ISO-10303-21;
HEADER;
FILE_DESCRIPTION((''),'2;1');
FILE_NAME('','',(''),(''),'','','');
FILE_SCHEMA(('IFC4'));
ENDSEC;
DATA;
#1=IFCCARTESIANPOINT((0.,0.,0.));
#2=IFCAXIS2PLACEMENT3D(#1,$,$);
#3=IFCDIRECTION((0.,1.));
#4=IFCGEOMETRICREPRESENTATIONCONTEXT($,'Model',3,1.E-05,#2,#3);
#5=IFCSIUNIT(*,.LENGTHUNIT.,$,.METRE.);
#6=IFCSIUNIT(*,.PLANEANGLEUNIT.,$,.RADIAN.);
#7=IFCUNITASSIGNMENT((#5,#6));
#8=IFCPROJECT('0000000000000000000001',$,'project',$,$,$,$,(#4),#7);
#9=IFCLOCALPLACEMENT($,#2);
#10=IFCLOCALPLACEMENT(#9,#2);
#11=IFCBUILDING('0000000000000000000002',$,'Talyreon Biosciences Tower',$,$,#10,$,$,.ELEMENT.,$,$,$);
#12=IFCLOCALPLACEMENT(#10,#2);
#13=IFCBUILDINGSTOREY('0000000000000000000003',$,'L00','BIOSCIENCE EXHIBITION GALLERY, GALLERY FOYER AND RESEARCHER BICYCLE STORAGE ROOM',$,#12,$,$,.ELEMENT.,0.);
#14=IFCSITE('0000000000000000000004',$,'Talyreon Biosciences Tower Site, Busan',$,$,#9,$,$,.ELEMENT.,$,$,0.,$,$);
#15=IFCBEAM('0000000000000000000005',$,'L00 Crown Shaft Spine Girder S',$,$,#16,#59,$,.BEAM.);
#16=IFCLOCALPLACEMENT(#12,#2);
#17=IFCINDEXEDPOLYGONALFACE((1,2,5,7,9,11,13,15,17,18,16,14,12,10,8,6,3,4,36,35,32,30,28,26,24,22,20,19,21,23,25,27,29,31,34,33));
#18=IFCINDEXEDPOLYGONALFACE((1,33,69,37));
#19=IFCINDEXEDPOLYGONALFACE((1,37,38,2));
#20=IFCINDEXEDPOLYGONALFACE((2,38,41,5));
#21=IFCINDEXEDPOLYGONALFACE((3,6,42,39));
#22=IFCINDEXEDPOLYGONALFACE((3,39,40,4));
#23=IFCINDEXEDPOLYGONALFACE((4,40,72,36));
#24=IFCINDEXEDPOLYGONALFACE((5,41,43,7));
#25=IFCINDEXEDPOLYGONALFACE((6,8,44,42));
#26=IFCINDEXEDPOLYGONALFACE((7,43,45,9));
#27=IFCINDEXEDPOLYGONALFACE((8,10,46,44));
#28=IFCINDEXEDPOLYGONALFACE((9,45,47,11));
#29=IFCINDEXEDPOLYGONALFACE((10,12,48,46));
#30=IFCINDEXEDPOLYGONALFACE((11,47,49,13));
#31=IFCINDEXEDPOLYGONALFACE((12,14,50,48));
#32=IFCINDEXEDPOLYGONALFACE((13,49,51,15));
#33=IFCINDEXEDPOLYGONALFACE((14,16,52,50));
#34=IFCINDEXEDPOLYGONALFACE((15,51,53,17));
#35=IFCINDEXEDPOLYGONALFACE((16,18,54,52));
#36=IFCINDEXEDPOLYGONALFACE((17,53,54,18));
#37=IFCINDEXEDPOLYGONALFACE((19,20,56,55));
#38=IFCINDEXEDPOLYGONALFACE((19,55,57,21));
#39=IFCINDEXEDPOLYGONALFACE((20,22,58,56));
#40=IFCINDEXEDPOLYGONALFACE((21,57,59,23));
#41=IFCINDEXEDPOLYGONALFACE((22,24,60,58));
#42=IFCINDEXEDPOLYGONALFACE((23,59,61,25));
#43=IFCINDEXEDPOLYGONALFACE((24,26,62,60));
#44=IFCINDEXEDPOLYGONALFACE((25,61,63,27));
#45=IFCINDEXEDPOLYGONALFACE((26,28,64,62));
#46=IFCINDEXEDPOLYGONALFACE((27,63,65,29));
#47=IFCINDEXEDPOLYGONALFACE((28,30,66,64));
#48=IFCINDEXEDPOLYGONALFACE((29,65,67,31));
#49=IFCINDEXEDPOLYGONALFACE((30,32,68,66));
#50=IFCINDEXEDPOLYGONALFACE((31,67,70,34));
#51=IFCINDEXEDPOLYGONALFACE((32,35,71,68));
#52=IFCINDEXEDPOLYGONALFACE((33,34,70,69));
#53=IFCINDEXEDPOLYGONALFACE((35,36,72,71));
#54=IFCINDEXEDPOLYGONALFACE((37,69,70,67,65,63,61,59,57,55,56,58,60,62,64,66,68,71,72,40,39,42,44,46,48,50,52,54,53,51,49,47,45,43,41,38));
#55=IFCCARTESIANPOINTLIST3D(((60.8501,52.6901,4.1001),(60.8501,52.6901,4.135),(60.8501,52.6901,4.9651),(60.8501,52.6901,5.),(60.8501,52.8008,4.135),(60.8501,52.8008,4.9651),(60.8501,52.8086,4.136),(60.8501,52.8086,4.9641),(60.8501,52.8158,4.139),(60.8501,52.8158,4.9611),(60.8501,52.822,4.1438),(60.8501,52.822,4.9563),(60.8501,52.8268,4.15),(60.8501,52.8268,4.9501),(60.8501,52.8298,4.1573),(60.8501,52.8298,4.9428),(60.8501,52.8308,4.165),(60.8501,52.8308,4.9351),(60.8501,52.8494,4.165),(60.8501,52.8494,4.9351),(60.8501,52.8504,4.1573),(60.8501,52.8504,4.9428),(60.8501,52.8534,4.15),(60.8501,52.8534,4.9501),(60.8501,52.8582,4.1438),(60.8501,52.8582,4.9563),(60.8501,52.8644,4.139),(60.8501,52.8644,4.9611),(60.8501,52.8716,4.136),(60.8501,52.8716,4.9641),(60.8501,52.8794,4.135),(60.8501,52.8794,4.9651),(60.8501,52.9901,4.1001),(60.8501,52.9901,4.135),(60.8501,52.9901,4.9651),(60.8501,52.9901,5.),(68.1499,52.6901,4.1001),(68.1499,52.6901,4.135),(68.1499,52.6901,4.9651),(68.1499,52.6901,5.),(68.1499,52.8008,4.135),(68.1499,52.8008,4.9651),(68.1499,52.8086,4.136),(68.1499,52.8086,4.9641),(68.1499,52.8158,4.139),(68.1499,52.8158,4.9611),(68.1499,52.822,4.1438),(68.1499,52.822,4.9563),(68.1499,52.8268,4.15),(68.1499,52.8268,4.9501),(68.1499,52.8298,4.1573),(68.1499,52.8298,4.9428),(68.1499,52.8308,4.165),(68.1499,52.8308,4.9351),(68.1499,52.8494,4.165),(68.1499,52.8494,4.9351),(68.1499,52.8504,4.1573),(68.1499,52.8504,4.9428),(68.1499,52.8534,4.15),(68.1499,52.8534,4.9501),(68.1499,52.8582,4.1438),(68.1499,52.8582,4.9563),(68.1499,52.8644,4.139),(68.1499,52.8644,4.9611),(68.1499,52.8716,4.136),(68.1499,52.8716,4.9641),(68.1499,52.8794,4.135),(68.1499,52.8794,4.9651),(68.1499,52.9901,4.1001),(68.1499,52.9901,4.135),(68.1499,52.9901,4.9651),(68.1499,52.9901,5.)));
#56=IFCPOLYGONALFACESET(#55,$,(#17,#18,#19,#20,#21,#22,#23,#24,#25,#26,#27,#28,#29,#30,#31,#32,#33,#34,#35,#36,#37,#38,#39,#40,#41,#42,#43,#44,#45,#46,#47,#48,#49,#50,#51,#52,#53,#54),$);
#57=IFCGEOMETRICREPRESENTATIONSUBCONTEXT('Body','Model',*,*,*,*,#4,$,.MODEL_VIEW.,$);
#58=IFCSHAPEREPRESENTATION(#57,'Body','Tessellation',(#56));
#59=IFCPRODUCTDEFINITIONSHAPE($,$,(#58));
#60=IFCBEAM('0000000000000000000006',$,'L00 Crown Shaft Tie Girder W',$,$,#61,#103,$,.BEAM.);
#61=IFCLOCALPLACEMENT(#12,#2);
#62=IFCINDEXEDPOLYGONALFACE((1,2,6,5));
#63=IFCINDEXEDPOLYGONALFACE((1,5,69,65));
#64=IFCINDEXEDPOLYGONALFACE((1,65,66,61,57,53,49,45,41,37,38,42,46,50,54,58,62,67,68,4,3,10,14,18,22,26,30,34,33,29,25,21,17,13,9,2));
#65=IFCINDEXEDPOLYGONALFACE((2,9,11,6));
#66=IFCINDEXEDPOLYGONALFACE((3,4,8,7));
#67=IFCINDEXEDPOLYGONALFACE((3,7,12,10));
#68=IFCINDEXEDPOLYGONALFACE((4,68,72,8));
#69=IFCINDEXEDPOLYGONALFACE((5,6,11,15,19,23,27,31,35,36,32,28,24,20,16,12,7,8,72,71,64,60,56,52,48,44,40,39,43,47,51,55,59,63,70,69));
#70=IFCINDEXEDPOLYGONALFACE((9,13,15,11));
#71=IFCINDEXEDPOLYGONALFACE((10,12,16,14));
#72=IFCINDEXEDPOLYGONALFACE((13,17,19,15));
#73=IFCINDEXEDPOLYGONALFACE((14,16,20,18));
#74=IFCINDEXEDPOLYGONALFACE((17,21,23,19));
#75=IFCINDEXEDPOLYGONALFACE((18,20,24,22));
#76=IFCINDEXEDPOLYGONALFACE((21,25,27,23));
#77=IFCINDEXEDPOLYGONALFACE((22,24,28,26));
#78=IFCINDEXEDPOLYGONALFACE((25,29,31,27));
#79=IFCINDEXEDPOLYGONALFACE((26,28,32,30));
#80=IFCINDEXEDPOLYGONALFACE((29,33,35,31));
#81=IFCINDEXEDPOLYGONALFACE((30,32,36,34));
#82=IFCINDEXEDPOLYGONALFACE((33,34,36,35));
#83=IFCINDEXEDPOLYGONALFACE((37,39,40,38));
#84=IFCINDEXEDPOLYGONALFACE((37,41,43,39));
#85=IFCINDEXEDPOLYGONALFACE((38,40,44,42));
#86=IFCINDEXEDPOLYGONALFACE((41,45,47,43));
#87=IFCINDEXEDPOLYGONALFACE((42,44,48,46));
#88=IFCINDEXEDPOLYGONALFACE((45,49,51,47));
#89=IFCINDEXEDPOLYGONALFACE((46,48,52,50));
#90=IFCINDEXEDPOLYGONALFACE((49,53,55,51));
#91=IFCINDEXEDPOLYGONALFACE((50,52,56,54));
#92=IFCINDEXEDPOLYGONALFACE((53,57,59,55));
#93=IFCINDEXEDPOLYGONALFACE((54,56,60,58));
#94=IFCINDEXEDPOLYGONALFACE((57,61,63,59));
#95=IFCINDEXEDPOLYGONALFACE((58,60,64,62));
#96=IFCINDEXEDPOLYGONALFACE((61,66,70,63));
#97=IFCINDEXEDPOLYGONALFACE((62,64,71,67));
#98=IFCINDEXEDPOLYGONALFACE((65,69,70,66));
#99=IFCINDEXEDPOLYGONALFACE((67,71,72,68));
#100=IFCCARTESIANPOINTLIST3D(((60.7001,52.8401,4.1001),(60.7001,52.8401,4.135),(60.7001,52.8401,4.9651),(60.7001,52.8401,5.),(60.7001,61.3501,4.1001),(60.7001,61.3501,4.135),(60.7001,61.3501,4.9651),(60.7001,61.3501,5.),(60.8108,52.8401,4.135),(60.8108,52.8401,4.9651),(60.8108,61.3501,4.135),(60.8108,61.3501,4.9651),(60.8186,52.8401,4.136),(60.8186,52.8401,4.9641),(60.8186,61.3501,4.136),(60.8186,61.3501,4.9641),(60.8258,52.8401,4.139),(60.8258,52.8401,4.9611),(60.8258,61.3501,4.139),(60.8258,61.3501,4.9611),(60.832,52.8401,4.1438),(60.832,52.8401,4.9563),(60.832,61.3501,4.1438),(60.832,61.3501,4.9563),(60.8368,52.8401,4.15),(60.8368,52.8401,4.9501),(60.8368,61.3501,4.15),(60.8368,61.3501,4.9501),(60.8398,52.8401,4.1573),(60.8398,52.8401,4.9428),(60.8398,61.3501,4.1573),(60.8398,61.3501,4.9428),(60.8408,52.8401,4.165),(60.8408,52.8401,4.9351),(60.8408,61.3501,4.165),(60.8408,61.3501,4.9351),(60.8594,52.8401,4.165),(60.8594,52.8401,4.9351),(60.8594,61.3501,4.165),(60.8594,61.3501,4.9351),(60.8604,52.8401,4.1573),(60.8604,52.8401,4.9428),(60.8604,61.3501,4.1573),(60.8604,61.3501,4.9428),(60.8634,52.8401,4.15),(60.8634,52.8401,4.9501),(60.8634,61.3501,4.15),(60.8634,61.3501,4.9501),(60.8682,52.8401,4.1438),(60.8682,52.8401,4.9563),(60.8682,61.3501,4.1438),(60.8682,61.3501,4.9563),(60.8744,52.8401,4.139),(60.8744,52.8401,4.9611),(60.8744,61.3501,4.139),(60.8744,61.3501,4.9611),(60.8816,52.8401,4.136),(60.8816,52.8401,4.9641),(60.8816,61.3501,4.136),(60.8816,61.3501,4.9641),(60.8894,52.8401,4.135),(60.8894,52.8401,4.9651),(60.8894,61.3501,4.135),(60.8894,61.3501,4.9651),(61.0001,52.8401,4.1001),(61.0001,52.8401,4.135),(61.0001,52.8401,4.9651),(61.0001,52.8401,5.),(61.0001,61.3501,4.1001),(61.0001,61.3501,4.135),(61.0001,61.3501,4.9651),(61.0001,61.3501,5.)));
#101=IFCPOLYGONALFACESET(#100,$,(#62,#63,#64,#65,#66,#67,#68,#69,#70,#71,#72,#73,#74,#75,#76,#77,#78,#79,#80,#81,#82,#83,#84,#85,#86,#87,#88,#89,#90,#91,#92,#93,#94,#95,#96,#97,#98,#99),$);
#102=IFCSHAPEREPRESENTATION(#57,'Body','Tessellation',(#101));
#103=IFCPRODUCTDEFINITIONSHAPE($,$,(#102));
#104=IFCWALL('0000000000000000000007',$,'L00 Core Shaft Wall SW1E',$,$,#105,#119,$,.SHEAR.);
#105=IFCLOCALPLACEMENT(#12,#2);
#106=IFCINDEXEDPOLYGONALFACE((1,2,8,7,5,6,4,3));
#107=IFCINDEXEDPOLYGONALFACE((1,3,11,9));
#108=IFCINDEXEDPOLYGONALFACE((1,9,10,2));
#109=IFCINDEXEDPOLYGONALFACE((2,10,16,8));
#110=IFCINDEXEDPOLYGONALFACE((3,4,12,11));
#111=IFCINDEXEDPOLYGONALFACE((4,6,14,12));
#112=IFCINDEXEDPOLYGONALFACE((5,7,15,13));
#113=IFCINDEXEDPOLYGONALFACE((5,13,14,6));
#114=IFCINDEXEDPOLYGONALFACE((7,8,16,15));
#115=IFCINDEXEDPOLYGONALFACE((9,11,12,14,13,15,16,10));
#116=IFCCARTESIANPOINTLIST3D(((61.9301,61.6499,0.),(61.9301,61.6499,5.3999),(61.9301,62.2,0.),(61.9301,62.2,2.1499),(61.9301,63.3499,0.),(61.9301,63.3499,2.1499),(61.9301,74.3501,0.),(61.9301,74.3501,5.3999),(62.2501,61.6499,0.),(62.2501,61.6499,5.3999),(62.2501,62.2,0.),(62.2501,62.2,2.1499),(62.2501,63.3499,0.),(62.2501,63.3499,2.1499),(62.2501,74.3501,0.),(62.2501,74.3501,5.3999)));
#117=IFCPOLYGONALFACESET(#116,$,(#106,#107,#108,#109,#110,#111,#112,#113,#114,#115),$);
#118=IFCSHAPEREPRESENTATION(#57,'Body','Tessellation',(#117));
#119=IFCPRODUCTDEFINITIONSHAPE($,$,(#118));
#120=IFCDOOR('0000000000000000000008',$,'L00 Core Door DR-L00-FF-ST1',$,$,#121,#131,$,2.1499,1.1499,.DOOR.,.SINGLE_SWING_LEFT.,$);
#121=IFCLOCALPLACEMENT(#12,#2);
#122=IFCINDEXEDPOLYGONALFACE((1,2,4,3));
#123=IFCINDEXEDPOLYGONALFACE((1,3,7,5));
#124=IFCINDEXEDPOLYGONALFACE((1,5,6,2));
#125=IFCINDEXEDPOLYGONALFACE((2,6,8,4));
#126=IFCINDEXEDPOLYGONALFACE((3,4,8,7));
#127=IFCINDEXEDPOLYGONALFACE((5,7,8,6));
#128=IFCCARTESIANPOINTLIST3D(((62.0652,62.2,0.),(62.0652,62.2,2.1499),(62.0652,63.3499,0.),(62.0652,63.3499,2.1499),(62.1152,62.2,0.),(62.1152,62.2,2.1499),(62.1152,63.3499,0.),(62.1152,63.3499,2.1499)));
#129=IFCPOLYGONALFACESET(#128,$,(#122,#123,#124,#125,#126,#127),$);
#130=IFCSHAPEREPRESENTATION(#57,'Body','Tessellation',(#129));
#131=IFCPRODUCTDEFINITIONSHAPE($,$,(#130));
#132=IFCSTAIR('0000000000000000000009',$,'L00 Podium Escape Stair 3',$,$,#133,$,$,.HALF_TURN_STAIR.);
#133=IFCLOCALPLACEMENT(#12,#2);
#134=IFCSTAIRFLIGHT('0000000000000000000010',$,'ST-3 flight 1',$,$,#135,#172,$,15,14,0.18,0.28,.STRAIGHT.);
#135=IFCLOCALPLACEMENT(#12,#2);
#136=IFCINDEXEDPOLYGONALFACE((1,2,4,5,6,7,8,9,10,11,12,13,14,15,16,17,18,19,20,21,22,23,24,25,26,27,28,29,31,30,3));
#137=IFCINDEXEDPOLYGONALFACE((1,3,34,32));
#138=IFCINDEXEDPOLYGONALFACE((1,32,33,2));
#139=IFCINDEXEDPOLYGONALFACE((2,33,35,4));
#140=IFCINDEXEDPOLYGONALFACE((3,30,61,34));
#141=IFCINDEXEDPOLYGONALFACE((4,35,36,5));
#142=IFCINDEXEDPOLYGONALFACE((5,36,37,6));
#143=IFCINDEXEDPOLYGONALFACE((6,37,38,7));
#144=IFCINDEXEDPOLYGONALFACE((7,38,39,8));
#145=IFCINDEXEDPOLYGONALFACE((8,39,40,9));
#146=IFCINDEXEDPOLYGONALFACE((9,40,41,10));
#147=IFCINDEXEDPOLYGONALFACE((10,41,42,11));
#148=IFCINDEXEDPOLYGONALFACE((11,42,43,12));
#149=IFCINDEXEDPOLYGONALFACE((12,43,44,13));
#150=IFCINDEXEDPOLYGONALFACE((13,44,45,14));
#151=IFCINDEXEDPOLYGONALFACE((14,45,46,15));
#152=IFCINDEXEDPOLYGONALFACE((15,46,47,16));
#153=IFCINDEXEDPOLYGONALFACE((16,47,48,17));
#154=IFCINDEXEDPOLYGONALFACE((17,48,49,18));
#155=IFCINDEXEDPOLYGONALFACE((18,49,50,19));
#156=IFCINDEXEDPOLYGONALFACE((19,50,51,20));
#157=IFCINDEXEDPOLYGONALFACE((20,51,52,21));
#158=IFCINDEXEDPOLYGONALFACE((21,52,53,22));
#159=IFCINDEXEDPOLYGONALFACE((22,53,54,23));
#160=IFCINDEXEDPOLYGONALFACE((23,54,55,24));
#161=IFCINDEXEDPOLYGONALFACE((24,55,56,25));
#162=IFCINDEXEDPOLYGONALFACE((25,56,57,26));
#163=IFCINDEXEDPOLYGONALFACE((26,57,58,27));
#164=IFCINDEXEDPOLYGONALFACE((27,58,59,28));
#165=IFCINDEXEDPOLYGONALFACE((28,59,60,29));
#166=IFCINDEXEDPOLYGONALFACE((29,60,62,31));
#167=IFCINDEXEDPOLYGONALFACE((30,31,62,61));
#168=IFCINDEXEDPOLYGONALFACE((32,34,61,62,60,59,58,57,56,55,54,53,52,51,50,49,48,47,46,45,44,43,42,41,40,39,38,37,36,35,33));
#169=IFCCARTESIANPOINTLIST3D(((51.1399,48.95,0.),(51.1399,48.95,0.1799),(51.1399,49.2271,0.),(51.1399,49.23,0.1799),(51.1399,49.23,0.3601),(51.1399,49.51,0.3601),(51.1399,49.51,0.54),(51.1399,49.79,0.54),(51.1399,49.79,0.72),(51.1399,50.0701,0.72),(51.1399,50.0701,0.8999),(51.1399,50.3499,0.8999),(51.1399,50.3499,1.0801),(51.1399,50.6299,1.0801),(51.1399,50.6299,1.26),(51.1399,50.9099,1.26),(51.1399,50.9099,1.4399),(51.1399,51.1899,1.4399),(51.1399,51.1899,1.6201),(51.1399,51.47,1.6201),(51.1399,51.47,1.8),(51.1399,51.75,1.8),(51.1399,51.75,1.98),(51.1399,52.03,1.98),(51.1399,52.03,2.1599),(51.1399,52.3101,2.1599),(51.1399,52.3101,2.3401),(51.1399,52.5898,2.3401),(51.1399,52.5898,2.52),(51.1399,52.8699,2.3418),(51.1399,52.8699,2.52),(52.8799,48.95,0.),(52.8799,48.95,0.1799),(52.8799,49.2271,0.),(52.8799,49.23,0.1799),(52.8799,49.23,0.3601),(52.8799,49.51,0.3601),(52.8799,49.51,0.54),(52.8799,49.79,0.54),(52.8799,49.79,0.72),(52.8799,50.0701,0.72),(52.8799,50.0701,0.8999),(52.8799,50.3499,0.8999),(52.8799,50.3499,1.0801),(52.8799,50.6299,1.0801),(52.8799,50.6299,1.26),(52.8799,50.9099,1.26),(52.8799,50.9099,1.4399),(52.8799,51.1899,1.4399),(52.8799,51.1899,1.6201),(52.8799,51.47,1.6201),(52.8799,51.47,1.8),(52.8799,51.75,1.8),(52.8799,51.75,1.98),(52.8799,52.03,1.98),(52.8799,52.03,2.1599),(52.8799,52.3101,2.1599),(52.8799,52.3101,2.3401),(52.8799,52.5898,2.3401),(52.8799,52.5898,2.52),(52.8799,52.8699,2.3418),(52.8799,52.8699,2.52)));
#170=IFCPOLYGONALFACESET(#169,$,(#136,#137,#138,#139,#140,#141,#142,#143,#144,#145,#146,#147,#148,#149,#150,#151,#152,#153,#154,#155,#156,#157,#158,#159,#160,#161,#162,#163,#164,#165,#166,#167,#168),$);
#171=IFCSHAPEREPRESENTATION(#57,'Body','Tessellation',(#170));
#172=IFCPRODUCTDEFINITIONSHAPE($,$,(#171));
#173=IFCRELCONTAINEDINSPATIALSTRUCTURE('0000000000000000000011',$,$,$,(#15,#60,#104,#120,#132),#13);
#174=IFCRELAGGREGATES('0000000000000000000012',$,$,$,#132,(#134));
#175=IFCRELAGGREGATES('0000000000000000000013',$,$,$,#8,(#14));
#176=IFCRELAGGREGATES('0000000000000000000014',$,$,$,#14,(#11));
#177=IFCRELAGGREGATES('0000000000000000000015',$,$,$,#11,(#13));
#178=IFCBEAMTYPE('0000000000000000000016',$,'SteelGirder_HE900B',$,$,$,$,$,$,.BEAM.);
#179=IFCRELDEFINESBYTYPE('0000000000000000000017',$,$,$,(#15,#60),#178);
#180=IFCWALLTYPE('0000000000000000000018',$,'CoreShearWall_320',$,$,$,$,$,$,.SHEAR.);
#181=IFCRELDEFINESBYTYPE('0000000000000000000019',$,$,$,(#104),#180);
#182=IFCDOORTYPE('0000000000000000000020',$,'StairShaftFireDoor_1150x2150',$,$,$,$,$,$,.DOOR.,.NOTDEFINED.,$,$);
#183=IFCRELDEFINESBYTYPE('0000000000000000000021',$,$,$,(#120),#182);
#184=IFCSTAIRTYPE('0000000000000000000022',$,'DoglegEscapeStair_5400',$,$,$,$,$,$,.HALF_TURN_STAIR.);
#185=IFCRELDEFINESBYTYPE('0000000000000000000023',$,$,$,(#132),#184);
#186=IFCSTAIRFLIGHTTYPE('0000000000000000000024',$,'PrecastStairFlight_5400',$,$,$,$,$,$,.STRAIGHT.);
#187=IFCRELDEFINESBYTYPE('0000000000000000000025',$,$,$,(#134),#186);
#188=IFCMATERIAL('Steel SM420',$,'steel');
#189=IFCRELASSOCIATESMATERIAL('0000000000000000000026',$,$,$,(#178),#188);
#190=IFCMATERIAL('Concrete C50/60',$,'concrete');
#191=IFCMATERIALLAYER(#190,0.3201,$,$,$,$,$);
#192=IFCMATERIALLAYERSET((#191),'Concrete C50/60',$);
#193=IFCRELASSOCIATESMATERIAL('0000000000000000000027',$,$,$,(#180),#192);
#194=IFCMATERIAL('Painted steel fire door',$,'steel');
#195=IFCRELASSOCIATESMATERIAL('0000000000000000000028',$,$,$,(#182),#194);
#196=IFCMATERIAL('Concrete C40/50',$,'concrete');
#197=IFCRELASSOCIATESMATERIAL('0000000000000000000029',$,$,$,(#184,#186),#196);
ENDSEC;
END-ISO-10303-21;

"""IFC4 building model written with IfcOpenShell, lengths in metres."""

from ifc_helpers import new_model, si_unit, direction, frame, frame_2d, origin, origin_2d, place, context, subcontext, project, spatial, polyline, rectangle, i_section, outline, extrude, material, layer, layer_set, material_profile, profile_set, type_object, element, fill, aggregate, save


model = new_model("IFC4")

# Units and contexts
model_context = context("Model", 3, precision=1e-05, world=origin(), true_north=direction((0.0, 1.0)))
body_context = subcontext(model_context, "Body", "Model", "MODEL_VIEW")
ifc_project = project(units=[si_unit("LENGTHUNIT", "METRE"), si_unit("PLANEANGLEUNIT", "RADIAN")], contexts=[model_context])

# Site, building, storey
site_placement = place(None, origin())
site = spatial("IfcSite", under=ifc_project, at=site_placement, Name="Talyreon Biosciences Tower Site, Busan", CompositionType="ELEMENT", RefElevation=0.0)
building_placement = place(site_placement, origin())
building = spatial("IfcBuilding", under=site, at=building_placement, Name="Talyreon Biosciences Tower", CompositionType="ELEMENT")
storey_placement = place(building_placement, origin())
storey = spatial("IfcBuildingStorey", under=building, at=storey_placement, Name="L00", Description="BIOSCIENCE EXHIBITION GALLERY, GALLERY FOYER AND RESEARCHER BICYCLE STORAGE ROOM", CompositionType="ELEMENT", Elevation=0.0)

# Beams
ifc_material_1 = material(Name="Steel SM420", Category="steel")
ifc_material_profile_1 = material_profile(ifc_material_1, i_section(OverallWidth=0.3, OverallDepth=0.8999, WebThickness=0.0186, FlangeThickness=0.0349, FilletRadius=0.03, at=origin_2d()), Name="HE900B")
ifc_profile_set_1 = profile_set([ifc_material_profile_1], Name="Steel SM420")
beam_type = type_object("IfcBeamType", Name="SteelGirder_HE900B", PredefinedType="BEAM", material=ifc_profile_set_1)
beam_1_placement = place(storey_placement, frame((60.8501, 52.8401, 4.55), z_axis=(1.0, 0.0, 0.0), x_axis=(0.0, 1.0, 0.0)))
element("IfcBeam", 1, at=beam_1_placement, inside=storey, type_object=beam_type, Name="L00 Crown Shaft Spine Girder S", PredefinedType="BEAM", context=body_context, shape_type="SweptSolid", body=[
    extrude(i_section(OverallWidth=0.3, OverallDepth=0.8999, WebThickness=0.0186, FlangeThickness=0.0349, FilletRadius=0.03, at=origin_2d()), origin(), (0.0, 0.0, 1.0), 7.2998),
])
beam_2_placement = place(storey_placement, frame((60.8501, 52.8401, 4.55), z_axis=(0.0, 1.0, 0.0), x_axis=(-1.0, 0.0, 0.0)))
element("IfcBeam", 2, at=beam_2_placement, inside=storey, type_object=beam_type, Name="L00 Crown Shaft Tie Girder W", PredefinedType="BEAM", context=body_context, shape_type="SweptSolid", body=[
    extrude(i_section(OverallWidth=0.3, OverallDepth=0.8999, WebThickness=0.0186, FlangeThickness=0.0349, FilletRadius=0.03, at=origin_2d()), origin(), (0.0, 0.0, 1.0), 8.51),
])

# Wall, opening, door
ifc_material_2 = material(Name="Concrete C50/60", Category="concrete")
ifc_layer_1 = layer(ifc_material_2, 0.3201)
ifc_layer_set_1 = layer_set([ifc_layer_1], Name="Concrete C50/60")
wall_type_1 = type_object("IfcWallType", Name="CoreShearWall_320", PredefinedType="SHEAR", material=ifc_layer_set_1)
wall_1_placement = place(storey_placement, frame((62.0901, 61.6499, 0.0), z_axis=(0.0, 0.0, 1.0), x_axis=(0.0, 1.0, 0.0)))
wall_1 = element("IfcWall", 3, at=wall_1_placement, inside=storey, type_object=wall_type_1, Name="L00 Core Shaft Wall SW1E", PredefinedType="SHEAR", context=body_context, shape_type="SweptSolid", body=[
    extrude(rectangle(XDim=12.7002, YDim=0.3201, at=frame_2d((6.3501, 0.0))), origin(), (0.0, 0.0, 1.0), 5.3999),
])
opening_1_placement = place(wall_1_placement, frame((0.55, 0.0, 0.0)))
opening_1 = element("IfcOpeningElement", 4, at=opening_1_placement, cuts=wall_1, PredefinedType="OPENING", context=body_context, shape_type="SweptSolid", body=[
    extrude(rectangle(XDim=1.1499, YDim=2.1499, at=frame_2d((0.575, 1.075))), frame((0.0, 0.1699, 0.0), z_axis=(0.0, -1.0, 0.0), x_axis=(1.0, 0.0, 0.0)), (0.0, 0.0, 1.0), 0.3401),
])
ifc_material_3 = material(Name="Painted steel fire door", Category="steel")
door_type_1 = type_object("IfcDoorType", Name="StairShaftFireDoor_1150x2150", OperationType="NOTDEFINED", PredefinedType="DOOR", material=ifc_material_3)
door_1_placement = place(opening_1_placement, origin())
door_1 = element("IfcDoor", 5, at=door_1_placement, inside=storey, type_object=door_type_1, Name="L00 Core Door DR-L00-FF-ST1", OperationType="SINGLE_SWING_LEFT", OverallHeight=2.1499, OverallWidth=1.1499, PredefinedType="DOOR", context=body_context, shape_type="SweptSolid", body=[
    extrude(rectangle(XDim=1.1499, YDim=2.1499, at=frame_2d((0.575, 1.075))), frame((0.0, 0.0249, 0.0), z_axis=(0.0, -1.0, 0.0), x_axis=(1.0, 0.0, 0.0)), (0.0, 0.0, 1.0), 0.05),
])
fill(opening_1, door_1)

# Shared definitions
ifc_material_4 = material(Name="Concrete C40/50", Category="concrete")

# Stair, stair flight
stair_type = type_object("IfcStairType", Name="DoglegEscapeStair_5400", PredefinedType="HALF_TURN_STAIR", material=ifc_material_4)
stair_placement = place(storey_placement, origin())
stair = element("IfcStair", 6, at=stair_placement, inside=storey, type_object=stair_type, Name="L00 Podium Escape Stair 3", PredefinedType="HALF_TURN_STAIR")
stair_flight_type = type_object("IfcStairFlightType", Name="PrecastStairFlight_5400", PredefinedType="STRAIGHT", material=ifc_material_4)
stair_flight_placement = place(storey_placement, frame((52.01, 48.95, 0.0), z_axis=(0.0, 0.0, 1.0), x_axis=(0.0, 1.0, 0.0)))
stair_flight = element("IfcStairFlight", 7, at=stair_flight_placement, type_object=stair_flight_type, Name="ST-3 flight 1", NumberOfRisers=15, NumberOfTreads=14, PredefinedType="STRAIGHT", RiserHeight=0.18, TreadLength=0.28, context=body_context, shape_type="SweptSolid", body=[
    extrude(outline(polyline([(0.0, 0.0), (0.0, 0.1799), (0.28, 0.1799), (0.28, 0.3601), (0.5601, 0.3601), (0.5601, 0.54), (0.8401, 0.54), (0.8401, 0.72), (1.1201, 0.72), (1.1201, 0.8999), (1.3999, 0.8999), (1.3999, 1.0801), (1.6799, 1.0801), (1.6799, 1.26), (1.96, 1.26), (1.96, 1.4399), (2.24, 1.4399), (2.24, 1.6201), (2.52, 1.6201), (2.52, 1.8), (2.8, 1.8), (2.8, 1.98), (3.0801, 1.98), (3.0801, 2.1599), (3.3601, 2.1599), (3.3601, 2.3401), (3.6399, 2.3401), (3.6399, 2.52), (3.9199, 2.52), (3.9199, 2.7), (3.9199, 2.3418), (0.2771, 0.0), (0.0, 0.0)])), frame((0.0, 0.8701, 0.0), z_axis=(0.0, -1.0, 0.0), x_axis=(1.0, 0.0, 0.0)), (0.0, 0.0, 1.0), 1.74),
])
aggregate(stair, [stair_flight])

save(model, "model.ifc")
